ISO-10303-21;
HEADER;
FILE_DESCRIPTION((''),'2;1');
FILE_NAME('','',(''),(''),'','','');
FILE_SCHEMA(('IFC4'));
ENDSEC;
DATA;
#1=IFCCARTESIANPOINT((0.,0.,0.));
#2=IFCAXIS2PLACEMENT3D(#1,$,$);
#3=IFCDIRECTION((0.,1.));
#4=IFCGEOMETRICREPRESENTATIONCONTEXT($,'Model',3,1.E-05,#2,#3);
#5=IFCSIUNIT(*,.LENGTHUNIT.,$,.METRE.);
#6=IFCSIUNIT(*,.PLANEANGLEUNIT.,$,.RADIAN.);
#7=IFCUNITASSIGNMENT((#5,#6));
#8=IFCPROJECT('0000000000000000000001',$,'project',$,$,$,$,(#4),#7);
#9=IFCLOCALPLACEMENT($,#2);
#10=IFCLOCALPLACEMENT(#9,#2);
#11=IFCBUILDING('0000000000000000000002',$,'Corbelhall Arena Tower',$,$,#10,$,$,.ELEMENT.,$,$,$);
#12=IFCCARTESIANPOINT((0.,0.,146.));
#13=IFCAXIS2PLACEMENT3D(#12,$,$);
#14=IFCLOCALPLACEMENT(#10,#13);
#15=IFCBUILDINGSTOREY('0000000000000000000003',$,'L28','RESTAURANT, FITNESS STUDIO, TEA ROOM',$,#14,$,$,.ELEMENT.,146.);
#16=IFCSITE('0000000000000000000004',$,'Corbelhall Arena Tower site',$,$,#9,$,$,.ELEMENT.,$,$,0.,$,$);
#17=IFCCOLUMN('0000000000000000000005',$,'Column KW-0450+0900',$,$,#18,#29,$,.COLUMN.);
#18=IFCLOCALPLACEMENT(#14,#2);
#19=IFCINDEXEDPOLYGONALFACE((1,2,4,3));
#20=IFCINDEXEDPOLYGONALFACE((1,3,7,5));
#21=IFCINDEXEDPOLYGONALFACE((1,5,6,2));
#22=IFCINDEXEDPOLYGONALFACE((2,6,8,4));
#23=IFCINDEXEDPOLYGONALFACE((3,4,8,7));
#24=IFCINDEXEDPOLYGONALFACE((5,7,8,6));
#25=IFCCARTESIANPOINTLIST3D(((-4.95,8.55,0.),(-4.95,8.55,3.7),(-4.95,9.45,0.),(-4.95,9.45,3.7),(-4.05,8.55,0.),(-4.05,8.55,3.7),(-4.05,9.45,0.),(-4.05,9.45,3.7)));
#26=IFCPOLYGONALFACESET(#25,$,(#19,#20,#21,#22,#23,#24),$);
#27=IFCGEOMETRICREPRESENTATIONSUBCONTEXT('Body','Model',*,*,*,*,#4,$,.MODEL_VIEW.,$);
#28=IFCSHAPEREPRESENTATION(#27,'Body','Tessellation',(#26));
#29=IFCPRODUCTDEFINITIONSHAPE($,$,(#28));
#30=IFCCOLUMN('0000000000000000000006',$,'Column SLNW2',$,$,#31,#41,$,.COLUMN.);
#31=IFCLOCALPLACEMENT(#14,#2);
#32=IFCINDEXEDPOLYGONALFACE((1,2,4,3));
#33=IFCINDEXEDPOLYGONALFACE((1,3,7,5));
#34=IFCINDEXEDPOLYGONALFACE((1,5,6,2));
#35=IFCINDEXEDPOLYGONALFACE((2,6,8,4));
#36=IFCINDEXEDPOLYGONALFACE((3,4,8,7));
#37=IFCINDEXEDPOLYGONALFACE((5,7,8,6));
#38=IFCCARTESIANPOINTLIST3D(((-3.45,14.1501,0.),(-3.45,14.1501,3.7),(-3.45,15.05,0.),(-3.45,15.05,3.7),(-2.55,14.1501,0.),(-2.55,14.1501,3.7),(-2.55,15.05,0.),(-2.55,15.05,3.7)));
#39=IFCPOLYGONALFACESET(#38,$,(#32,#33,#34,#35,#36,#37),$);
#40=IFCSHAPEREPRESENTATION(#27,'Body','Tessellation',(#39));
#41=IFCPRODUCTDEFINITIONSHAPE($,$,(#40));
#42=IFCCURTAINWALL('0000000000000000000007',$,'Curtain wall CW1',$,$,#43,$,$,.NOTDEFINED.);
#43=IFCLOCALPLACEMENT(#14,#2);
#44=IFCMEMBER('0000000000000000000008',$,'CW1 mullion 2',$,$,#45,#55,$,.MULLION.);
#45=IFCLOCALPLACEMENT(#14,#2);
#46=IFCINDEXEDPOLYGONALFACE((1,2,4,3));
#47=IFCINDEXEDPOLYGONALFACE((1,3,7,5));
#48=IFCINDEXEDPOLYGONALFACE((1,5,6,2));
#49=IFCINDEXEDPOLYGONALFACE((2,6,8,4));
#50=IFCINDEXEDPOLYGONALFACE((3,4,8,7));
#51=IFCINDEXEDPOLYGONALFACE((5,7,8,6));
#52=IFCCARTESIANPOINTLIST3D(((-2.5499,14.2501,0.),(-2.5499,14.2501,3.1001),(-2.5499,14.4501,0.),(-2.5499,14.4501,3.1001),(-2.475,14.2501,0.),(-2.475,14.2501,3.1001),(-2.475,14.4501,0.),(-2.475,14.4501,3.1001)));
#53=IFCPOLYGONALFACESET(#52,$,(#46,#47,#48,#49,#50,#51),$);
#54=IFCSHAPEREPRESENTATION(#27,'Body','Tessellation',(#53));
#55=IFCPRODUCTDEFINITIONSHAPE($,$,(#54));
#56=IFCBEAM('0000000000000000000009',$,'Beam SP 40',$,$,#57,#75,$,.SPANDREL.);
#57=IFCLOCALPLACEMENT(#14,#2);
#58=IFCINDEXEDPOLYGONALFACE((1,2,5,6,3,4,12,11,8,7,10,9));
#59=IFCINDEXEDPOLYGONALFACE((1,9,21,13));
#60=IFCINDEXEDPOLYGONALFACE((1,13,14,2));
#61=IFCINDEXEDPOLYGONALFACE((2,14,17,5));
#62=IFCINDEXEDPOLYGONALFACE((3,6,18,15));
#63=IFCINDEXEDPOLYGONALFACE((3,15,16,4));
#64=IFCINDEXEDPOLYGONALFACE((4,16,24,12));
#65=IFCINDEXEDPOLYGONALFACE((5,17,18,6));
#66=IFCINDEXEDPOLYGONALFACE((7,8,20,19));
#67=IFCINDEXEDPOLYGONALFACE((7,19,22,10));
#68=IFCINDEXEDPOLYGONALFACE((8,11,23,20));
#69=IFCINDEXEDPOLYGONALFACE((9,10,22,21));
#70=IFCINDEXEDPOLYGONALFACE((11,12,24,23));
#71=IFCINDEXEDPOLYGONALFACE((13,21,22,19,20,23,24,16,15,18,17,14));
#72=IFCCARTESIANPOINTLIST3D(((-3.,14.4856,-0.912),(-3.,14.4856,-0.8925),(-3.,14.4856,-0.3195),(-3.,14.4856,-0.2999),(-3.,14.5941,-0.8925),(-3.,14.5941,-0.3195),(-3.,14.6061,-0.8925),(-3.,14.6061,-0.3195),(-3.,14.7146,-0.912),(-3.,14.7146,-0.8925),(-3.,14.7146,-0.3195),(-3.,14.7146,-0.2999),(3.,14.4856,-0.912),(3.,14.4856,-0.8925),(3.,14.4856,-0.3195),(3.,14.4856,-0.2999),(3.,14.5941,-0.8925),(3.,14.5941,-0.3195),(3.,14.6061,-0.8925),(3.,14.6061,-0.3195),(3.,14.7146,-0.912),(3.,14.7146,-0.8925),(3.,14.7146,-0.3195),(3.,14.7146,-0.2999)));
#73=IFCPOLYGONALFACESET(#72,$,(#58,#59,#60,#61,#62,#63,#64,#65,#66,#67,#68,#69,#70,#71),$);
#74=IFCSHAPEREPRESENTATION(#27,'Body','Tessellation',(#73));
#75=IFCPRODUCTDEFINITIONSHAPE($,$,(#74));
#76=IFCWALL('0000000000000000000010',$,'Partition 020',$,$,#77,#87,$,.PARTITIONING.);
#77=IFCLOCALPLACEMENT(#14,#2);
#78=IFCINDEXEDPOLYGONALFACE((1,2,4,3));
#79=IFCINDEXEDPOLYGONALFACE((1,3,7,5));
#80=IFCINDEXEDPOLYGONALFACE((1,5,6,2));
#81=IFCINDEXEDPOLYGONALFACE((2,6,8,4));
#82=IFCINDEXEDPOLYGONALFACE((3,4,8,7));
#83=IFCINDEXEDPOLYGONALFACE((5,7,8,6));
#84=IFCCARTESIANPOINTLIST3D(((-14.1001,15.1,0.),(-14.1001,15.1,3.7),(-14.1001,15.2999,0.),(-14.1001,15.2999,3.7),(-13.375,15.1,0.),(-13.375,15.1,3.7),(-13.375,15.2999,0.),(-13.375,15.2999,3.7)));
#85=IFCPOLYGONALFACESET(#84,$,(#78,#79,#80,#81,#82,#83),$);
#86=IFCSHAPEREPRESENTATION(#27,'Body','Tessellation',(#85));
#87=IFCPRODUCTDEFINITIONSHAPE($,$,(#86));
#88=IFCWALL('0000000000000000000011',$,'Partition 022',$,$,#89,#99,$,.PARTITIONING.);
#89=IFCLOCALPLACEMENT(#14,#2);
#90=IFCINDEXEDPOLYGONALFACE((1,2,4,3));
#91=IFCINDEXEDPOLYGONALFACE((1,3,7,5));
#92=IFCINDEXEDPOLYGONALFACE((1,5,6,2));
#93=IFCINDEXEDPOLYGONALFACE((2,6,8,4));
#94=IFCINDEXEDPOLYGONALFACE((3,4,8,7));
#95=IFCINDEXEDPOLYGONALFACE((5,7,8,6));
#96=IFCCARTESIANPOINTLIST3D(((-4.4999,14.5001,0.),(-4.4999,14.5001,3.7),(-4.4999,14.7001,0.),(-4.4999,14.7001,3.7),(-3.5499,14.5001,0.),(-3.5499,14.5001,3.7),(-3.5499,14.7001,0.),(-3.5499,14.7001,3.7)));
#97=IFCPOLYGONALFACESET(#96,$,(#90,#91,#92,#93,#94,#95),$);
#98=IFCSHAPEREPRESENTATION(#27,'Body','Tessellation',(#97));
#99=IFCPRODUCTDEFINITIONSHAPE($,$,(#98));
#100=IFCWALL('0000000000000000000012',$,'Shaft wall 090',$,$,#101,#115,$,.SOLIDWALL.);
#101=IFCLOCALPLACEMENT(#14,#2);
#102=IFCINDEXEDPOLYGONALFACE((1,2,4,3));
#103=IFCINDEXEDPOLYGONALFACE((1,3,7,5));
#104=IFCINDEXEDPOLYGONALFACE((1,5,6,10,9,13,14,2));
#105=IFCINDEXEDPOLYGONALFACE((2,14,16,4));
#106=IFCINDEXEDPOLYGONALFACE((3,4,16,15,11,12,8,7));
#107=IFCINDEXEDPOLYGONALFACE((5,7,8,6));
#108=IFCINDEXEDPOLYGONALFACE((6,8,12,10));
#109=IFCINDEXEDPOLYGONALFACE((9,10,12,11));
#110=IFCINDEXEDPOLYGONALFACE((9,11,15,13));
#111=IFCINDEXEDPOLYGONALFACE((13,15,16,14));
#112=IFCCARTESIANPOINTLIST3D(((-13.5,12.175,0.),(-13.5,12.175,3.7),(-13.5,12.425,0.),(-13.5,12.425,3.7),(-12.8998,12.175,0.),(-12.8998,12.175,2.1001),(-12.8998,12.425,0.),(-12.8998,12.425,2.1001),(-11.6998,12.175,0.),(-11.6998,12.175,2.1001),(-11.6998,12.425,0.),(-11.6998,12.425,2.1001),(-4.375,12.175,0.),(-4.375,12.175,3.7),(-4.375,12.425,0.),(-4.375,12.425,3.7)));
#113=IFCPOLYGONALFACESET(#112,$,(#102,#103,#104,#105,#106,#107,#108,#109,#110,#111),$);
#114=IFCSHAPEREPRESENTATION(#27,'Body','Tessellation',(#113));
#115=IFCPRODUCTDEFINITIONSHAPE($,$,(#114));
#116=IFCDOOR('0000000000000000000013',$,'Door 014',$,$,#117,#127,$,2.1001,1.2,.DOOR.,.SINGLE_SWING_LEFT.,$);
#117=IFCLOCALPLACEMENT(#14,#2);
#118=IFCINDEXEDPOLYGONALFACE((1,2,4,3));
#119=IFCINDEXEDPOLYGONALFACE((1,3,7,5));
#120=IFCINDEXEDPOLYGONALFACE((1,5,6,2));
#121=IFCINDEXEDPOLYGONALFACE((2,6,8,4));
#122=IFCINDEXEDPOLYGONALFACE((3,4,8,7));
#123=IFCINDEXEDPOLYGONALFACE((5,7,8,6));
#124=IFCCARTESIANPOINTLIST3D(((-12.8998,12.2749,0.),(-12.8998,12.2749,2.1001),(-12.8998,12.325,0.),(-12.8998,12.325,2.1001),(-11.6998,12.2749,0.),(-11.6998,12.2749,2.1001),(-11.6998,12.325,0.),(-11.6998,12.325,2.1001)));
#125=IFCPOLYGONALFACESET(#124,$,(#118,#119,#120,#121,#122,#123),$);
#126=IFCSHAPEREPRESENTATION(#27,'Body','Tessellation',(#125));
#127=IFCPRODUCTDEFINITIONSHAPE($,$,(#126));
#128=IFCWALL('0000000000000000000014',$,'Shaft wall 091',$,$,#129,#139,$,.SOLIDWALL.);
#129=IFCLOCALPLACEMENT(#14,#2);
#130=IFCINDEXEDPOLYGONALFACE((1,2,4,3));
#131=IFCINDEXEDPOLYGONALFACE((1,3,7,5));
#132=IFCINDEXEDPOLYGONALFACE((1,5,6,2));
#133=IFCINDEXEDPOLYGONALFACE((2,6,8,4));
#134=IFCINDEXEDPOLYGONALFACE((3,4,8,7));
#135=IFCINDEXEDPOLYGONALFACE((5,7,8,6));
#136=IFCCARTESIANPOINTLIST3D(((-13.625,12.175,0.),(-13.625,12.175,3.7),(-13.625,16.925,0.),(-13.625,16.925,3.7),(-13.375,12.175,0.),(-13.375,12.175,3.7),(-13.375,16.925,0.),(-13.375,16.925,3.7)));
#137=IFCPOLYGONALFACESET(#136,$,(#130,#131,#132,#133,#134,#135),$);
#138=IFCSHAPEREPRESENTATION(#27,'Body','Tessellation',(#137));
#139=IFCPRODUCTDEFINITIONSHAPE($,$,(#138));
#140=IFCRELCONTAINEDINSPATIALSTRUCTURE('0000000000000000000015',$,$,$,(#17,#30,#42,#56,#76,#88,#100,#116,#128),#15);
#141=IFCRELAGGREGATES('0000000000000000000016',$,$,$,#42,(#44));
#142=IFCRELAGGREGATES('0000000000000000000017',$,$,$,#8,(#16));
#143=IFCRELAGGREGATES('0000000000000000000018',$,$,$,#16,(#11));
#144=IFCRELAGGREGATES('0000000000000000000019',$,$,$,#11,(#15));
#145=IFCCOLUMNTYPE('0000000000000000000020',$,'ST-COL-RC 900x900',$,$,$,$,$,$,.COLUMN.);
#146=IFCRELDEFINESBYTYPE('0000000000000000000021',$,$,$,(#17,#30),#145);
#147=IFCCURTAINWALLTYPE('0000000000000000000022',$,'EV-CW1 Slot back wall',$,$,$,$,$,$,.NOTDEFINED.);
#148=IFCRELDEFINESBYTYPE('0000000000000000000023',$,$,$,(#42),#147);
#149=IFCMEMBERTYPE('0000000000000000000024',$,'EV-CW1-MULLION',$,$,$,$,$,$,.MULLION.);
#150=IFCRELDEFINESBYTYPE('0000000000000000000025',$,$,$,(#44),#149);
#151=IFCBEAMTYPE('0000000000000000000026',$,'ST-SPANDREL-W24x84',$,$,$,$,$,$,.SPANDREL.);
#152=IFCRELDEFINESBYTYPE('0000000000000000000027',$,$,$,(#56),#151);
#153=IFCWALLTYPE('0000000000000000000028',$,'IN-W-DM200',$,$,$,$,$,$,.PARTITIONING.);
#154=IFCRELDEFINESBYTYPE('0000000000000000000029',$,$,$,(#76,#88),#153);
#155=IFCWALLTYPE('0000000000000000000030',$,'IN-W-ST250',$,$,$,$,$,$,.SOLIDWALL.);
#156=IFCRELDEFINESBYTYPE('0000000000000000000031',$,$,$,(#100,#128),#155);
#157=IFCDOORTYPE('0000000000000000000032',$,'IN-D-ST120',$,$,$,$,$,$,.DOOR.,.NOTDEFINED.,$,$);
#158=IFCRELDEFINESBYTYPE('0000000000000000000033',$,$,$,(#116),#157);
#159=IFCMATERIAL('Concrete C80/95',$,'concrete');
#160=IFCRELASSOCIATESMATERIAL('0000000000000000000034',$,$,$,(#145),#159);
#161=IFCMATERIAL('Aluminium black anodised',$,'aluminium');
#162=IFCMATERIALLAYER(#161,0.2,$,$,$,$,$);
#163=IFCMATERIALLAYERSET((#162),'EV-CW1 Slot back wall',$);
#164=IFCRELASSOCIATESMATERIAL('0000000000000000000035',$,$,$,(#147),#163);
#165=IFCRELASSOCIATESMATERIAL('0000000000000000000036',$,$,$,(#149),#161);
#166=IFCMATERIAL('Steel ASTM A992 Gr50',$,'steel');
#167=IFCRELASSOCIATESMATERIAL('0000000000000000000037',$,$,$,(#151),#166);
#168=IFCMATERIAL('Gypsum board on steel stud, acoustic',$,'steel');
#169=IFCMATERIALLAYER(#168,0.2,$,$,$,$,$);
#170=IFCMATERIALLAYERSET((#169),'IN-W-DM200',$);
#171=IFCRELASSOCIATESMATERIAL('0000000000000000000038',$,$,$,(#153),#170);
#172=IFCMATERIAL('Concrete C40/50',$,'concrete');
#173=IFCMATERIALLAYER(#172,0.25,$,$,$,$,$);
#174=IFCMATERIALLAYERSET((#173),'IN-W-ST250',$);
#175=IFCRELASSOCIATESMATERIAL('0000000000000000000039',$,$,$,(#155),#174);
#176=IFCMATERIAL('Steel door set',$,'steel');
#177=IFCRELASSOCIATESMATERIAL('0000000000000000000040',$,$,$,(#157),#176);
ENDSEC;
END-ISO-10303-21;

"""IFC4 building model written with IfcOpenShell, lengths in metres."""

from ifc_helpers import new_model, si_unit, direction, frame, frame_2d, origin, origin_2d, place, context, subcontext, project, spatial, rectangle, i_section, extrude, material, layer, layer_set, material_profile, profile_set, type_object, element, fill, aggregate, save


model = new_model("IFC4")

# Units and contexts
model_context = context("Model", 3, precision=1e-05, world=origin(), true_north=direction((0.0, 1.0)))
body_context = subcontext(model_context, "Body", "Model", "MODEL_VIEW")
ifc_project = project(units=[si_unit("LENGTHUNIT", "METRE"), si_unit("PLANEANGLEUNIT", "RADIAN")], contexts=[model_context])

# Site, building, storey
site_placement = place(None, origin())
site = spatial("IfcSite", under=ifc_project, at=site_placement, Name="Corbelhall Arena Tower site", CompositionType="ELEMENT", RefElevation=0.0)
building_placement = place(site_placement, origin())
building = spatial("IfcBuilding", under=site, at=building_placement, Name="Corbelhall Arena Tower", CompositionType="ELEMENT")
storey_placement = place(building_placement, frame((0.0, 0.0, 146.0)))
storey = spatial("IfcBuildingStorey", under=building, at=storey_placement, Name="L28", Description="RESTAURANT, FITNESS STUDIO, TEA ROOM", CompositionType="ELEMENT", Elevation=146.0)

# Columns
ifc_material_1 = material(Name="Concrete C80/95", Category="concrete")
ifc_material_profile_1 = material_profile(ifc_material_1, rectangle(XDim=0.8999, YDim=0.8999, at=origin_2d()))
ifc_profile_set_1 = profile_set([ifc_material_profile_1], Name="Concrete C80/95")
column_type = type_object("IfcColumnType", Name="ST-COL-RC 900x900", PredefinedType="COLUMN", material=ifc_profile_set_1)
for number, where, z_axis, x_axis, name in (
    (1, (-4.5, 9.0, 0.0), (0.0, 0.0, 1.0), (1.0, 0.0, 0.0), "Column KW-0450+0900"),
    (2, (-3.0, 14.6001, 0.0), (0.0, 0.0, 1.0), (1.0, 0.0, 0.0), "Column SLNW2"),
):
    element("IfcColumn", number, at=place(storey_placement, frame(where, z_axis=z_axis, x_axis=x_axis)), inside=storey, type_object=column_type, Name=name, PredefinedType="COLUMN", context=body_context, shape_type="SweptSolid", body=[
        extrude(rectangle(XDim=0.8999, YDim=0.8999, at=origin_2d()), origin(), (0.0, 0.0, 1.0), 3.7),
    ])

# Curtain wall, member
ifc_material_2 = material(Name="Aluminium black anodised", Category="aluminium")
ifc_layer_1 = layer(ifc_material_2, 0.2)
ifc_layer_set_1 = layer_set([ifc_layer_1], Name="EV-CW1 Slot back wall")
curtain_wall_type = type_object("IfcCurtainWallType", Name="EV-CW1 Slot back wall", PredefinedType="NOTDEFINED", material=ifc_layer_set_1)
curtain_wall_placement = place(storey_placement, origin())
curtain_wall = element("IfcCurtainWall", 3, at=curtain_wall_placement, inside=storey, type_object=curtain_wall_type, Name="Curtain wall CW1", PredefinedType="NOTDEFINED")
ifc_material_profile_2 = material_profile(ifc_material_2, rectangle(XDim=0.2, YDim=0.075, at=origin_2d()))
ifc_profile_set_2 = profile_set([ifc_material_profile_2], Name="Aluminium black anodised")
member_type = type_object("IfcMemberType", Name="EV-CW1-MULLION", PredefinedType="MULLION", material=ifc_profile_set_2)
member_placement = place(storey_placement, frame((-2.5125, 14.3501, 0.0), z_axis=(0.0, 0.0, 1.0), x_axis=(0.0, -1.0, 0.0)))
member = element("IfcMember", 4, at=member_placement, type_object=member_type, Name="CW1 mullion 2", PredefinedType="MULLION", context=body_context, shape_type="SweptSolid", body=[
    extrude(rectangle(XDim=0.2, YDim=0.075, at=origin_2d()), origin(), (0.0, 0.0, 1.0), 3.1001),
])
aggregate(curtain_wall, [member])

# Beam
ifc_material_3 = material(Name="Steel ASTM A992 Gr50", Category="steel")
ifc_material_profile_3 = material_profile(ifc_material_3, i_section(OverallWidth=0.229, OverallDepth=0.6121, WebThickness=0.012, FlangeThickness=0.0195, at=origin_2d()))
ifc_profile_set_3 = profile_set([ifc_material_profile_3], Name="Steel ASTM A992 Gr50")
beam_type = type_object("IfcBeamType", Name="ST-SPANDREL-W24x84", PredefinedType="SPANDREL", material=ifc_profile_set_3)
beam_placement = place(storey_placement, frame((-3.0, 14.6001, -0.606), z_axis=(1.0, 0.0, 0.0), x_axis=(0.0, 1.0, 0.0)))
element("IfcBeam", 5, at=beam_placement, inside=storey, type_object=beam_type, Name="Beam SP 40", PredefinedType="SPANDREL", context=body_context, shape_type="SweptSolid", body=[
    extrude(i_section(OverallWidth=0.229, OverallDepth=0.6121, WebThickness=0.012, FlangeThickness=0.0195, at=origin_2d()), origin(), (0.0, 0.0, 1.0), 6.0),
])

# Shared definitions
ifc_material_4 = material(Name="Gypsum board on steel stud, acoustic", Category="steel")
ifc_layer_2 = layer(ifc_material_4, 0.2)
ifc_layer_set_2 = layer_set([ifc_layer_2], Name="IN-W-DM200")
wall_type_1 = type_object("IfcWallType", Name="IN-W-DM200", PredefinedType="PARTITIONING", material=ifc_layer_set_2)
ifc_material_5 = material(Name="Steel door set", Category="steel")

# Walls
wall_1_placement = place(storey_placement, frame((-14.1001, 15.2, 0.0), z_axis=(0.0, 0.0, 1.0), x_axis=(1.0, 0.0, 0.0)))
element("IfcWall", 6, at=wall_1_placement, inside=storey, type_object=wall_type_1, Name="Partition 020", PredefinedType="PARTITIONING", context=body_context, shape_type="SweptSolid", body=[
    extrude(rectangle(XDim=0.7251, YDim=0.2, at=frame_2d((0.3625, 0.0))), origin(), (0.0, 0.0, 1.0), 3.7),
])
wall_2_placement = place(storey_placement, frame((-4.5, 14.6001, 0.0), z_axis=(0.0, 0.0, 1.0), x_axis=(1.0, 0.0, 0.0)))
element("IfcWall", 7, at=wall_2_placement, inside=storey, type_object=wall_type_1, Name="Partition 022", PredefinedType="PARTITIONING", context=body_context, shape_type="SweptSolid", body=[
    extrude(rectangle(XDim=0.95, YDim=0.2, at=frame_2d((0.4751, 0.0))), origin(), (0.0, 0.0, 1.0), 3.7),
])

# Wall, opening, door
ifc_material_6 = material(Name="Concrete C40/50", Category="concrete")
ifc_layer_3 = layer(ifc_material_6, 0.25)
ifc_layer_set_3 = layer_set([ifc_layer_3], Name="IN-W-ST250")
wall_type_2 = type_object("IfcWallType", Name="IN-W-ST250", PredefinedType="SOLIDWALL", material=ifc_layer_set_3)
wall_3_placement = place(storey_placement, frame((-13.5, 12.3, 0.0), z_axis=(0.0, 0.0, 1.0), x_axis=(1.0, 0.0, 0.0)))
wall_3 = element("IfcWall", 8, at=wall_3_placement, inside=storey, type_object=wall_type_2, Name="Shaft wall 090", PredefinedType="SOLIDWALL", context=body_context, shape_type="SweptSolid", body=[
    extrude(rectangle(XDim=9.125, YDim=0.25, at=frame_2d((4.5625, 0.0))), origin(), (0.0, 0.0, 1.0), 3.7),
])
opening_1_placement = place(wall_3_placement, frame((0.6001, 0.0, 0.0)))
opening_1 = element("IfcOpeningElement", 9, at=opening_1_placement, cuts=wall_3, PredefinedType="OPENING", context=body_context, shape_type="SweptSolid", body=[
    extrude(rectangle(XDim=1.2, YDim=2.1001, at=frame_2d((0.6001, 1.05))), frame((0.0, 0.125, 0.0), z_axis=(0.0, -1.0, 0.0), x_axis=(1.0, 0.0, 0.0)), (0.0, 0.0, 1.0), 0.25),
])
door_type_1 = type_object("IfcDoorType", Name="IN-D-ST120", OperationType="NOTDEFINED", PredefinedType="DOOR", material=ifc_material_5)
door_1_placement = place(opening_1_placement, origin())
door_1 = element("IfcDoor", 10, at=door_1_placement, inside=storey, type_object=door_type_1, Name="Door 014", OperationType="SINGLE_SWING_LEFT", OverallHeight=2.1001, OverallWidth=1.2, PredefinedType="DOOR", context=body_context, shape_type="SweptSolid", body=[
    extrude(rectangle(XDim=1.2, YDim=2.1001, at=frame_2d((0.6001, 1.05))), frame((0.0, 0.0249, 0.0), z_axis=(0.0, -1.0, 0.0), x_axis=(1.0, 0.0, 0.0)), (0.0, 0.0, 1.0), 0.05),
])
fill(opening_1, door_1)

# Wall
wall_4_placement = place(storey_placement, frame((-13.5, 12.175, 0.0), z_axis=(0.0, 0.0, 1.0), x_axis=(0.0, 1.0, 0.0)))
element("IfcWall", 11, at=wall_4_placement, inside=storey, type_object=wall_type_2, Name="Shaft wall 091", PredefinedType="SOLIDWALL", context=body_context, shape_type="SweptSolid", body=[
    extrude(rectangle(XDim=4.75, YDim=0.25, at=frame_2d((2.375, 0.0))), origin(), (0.0, 0.0, 1.0), 3.7),
])

save(model, "model.ifc")
